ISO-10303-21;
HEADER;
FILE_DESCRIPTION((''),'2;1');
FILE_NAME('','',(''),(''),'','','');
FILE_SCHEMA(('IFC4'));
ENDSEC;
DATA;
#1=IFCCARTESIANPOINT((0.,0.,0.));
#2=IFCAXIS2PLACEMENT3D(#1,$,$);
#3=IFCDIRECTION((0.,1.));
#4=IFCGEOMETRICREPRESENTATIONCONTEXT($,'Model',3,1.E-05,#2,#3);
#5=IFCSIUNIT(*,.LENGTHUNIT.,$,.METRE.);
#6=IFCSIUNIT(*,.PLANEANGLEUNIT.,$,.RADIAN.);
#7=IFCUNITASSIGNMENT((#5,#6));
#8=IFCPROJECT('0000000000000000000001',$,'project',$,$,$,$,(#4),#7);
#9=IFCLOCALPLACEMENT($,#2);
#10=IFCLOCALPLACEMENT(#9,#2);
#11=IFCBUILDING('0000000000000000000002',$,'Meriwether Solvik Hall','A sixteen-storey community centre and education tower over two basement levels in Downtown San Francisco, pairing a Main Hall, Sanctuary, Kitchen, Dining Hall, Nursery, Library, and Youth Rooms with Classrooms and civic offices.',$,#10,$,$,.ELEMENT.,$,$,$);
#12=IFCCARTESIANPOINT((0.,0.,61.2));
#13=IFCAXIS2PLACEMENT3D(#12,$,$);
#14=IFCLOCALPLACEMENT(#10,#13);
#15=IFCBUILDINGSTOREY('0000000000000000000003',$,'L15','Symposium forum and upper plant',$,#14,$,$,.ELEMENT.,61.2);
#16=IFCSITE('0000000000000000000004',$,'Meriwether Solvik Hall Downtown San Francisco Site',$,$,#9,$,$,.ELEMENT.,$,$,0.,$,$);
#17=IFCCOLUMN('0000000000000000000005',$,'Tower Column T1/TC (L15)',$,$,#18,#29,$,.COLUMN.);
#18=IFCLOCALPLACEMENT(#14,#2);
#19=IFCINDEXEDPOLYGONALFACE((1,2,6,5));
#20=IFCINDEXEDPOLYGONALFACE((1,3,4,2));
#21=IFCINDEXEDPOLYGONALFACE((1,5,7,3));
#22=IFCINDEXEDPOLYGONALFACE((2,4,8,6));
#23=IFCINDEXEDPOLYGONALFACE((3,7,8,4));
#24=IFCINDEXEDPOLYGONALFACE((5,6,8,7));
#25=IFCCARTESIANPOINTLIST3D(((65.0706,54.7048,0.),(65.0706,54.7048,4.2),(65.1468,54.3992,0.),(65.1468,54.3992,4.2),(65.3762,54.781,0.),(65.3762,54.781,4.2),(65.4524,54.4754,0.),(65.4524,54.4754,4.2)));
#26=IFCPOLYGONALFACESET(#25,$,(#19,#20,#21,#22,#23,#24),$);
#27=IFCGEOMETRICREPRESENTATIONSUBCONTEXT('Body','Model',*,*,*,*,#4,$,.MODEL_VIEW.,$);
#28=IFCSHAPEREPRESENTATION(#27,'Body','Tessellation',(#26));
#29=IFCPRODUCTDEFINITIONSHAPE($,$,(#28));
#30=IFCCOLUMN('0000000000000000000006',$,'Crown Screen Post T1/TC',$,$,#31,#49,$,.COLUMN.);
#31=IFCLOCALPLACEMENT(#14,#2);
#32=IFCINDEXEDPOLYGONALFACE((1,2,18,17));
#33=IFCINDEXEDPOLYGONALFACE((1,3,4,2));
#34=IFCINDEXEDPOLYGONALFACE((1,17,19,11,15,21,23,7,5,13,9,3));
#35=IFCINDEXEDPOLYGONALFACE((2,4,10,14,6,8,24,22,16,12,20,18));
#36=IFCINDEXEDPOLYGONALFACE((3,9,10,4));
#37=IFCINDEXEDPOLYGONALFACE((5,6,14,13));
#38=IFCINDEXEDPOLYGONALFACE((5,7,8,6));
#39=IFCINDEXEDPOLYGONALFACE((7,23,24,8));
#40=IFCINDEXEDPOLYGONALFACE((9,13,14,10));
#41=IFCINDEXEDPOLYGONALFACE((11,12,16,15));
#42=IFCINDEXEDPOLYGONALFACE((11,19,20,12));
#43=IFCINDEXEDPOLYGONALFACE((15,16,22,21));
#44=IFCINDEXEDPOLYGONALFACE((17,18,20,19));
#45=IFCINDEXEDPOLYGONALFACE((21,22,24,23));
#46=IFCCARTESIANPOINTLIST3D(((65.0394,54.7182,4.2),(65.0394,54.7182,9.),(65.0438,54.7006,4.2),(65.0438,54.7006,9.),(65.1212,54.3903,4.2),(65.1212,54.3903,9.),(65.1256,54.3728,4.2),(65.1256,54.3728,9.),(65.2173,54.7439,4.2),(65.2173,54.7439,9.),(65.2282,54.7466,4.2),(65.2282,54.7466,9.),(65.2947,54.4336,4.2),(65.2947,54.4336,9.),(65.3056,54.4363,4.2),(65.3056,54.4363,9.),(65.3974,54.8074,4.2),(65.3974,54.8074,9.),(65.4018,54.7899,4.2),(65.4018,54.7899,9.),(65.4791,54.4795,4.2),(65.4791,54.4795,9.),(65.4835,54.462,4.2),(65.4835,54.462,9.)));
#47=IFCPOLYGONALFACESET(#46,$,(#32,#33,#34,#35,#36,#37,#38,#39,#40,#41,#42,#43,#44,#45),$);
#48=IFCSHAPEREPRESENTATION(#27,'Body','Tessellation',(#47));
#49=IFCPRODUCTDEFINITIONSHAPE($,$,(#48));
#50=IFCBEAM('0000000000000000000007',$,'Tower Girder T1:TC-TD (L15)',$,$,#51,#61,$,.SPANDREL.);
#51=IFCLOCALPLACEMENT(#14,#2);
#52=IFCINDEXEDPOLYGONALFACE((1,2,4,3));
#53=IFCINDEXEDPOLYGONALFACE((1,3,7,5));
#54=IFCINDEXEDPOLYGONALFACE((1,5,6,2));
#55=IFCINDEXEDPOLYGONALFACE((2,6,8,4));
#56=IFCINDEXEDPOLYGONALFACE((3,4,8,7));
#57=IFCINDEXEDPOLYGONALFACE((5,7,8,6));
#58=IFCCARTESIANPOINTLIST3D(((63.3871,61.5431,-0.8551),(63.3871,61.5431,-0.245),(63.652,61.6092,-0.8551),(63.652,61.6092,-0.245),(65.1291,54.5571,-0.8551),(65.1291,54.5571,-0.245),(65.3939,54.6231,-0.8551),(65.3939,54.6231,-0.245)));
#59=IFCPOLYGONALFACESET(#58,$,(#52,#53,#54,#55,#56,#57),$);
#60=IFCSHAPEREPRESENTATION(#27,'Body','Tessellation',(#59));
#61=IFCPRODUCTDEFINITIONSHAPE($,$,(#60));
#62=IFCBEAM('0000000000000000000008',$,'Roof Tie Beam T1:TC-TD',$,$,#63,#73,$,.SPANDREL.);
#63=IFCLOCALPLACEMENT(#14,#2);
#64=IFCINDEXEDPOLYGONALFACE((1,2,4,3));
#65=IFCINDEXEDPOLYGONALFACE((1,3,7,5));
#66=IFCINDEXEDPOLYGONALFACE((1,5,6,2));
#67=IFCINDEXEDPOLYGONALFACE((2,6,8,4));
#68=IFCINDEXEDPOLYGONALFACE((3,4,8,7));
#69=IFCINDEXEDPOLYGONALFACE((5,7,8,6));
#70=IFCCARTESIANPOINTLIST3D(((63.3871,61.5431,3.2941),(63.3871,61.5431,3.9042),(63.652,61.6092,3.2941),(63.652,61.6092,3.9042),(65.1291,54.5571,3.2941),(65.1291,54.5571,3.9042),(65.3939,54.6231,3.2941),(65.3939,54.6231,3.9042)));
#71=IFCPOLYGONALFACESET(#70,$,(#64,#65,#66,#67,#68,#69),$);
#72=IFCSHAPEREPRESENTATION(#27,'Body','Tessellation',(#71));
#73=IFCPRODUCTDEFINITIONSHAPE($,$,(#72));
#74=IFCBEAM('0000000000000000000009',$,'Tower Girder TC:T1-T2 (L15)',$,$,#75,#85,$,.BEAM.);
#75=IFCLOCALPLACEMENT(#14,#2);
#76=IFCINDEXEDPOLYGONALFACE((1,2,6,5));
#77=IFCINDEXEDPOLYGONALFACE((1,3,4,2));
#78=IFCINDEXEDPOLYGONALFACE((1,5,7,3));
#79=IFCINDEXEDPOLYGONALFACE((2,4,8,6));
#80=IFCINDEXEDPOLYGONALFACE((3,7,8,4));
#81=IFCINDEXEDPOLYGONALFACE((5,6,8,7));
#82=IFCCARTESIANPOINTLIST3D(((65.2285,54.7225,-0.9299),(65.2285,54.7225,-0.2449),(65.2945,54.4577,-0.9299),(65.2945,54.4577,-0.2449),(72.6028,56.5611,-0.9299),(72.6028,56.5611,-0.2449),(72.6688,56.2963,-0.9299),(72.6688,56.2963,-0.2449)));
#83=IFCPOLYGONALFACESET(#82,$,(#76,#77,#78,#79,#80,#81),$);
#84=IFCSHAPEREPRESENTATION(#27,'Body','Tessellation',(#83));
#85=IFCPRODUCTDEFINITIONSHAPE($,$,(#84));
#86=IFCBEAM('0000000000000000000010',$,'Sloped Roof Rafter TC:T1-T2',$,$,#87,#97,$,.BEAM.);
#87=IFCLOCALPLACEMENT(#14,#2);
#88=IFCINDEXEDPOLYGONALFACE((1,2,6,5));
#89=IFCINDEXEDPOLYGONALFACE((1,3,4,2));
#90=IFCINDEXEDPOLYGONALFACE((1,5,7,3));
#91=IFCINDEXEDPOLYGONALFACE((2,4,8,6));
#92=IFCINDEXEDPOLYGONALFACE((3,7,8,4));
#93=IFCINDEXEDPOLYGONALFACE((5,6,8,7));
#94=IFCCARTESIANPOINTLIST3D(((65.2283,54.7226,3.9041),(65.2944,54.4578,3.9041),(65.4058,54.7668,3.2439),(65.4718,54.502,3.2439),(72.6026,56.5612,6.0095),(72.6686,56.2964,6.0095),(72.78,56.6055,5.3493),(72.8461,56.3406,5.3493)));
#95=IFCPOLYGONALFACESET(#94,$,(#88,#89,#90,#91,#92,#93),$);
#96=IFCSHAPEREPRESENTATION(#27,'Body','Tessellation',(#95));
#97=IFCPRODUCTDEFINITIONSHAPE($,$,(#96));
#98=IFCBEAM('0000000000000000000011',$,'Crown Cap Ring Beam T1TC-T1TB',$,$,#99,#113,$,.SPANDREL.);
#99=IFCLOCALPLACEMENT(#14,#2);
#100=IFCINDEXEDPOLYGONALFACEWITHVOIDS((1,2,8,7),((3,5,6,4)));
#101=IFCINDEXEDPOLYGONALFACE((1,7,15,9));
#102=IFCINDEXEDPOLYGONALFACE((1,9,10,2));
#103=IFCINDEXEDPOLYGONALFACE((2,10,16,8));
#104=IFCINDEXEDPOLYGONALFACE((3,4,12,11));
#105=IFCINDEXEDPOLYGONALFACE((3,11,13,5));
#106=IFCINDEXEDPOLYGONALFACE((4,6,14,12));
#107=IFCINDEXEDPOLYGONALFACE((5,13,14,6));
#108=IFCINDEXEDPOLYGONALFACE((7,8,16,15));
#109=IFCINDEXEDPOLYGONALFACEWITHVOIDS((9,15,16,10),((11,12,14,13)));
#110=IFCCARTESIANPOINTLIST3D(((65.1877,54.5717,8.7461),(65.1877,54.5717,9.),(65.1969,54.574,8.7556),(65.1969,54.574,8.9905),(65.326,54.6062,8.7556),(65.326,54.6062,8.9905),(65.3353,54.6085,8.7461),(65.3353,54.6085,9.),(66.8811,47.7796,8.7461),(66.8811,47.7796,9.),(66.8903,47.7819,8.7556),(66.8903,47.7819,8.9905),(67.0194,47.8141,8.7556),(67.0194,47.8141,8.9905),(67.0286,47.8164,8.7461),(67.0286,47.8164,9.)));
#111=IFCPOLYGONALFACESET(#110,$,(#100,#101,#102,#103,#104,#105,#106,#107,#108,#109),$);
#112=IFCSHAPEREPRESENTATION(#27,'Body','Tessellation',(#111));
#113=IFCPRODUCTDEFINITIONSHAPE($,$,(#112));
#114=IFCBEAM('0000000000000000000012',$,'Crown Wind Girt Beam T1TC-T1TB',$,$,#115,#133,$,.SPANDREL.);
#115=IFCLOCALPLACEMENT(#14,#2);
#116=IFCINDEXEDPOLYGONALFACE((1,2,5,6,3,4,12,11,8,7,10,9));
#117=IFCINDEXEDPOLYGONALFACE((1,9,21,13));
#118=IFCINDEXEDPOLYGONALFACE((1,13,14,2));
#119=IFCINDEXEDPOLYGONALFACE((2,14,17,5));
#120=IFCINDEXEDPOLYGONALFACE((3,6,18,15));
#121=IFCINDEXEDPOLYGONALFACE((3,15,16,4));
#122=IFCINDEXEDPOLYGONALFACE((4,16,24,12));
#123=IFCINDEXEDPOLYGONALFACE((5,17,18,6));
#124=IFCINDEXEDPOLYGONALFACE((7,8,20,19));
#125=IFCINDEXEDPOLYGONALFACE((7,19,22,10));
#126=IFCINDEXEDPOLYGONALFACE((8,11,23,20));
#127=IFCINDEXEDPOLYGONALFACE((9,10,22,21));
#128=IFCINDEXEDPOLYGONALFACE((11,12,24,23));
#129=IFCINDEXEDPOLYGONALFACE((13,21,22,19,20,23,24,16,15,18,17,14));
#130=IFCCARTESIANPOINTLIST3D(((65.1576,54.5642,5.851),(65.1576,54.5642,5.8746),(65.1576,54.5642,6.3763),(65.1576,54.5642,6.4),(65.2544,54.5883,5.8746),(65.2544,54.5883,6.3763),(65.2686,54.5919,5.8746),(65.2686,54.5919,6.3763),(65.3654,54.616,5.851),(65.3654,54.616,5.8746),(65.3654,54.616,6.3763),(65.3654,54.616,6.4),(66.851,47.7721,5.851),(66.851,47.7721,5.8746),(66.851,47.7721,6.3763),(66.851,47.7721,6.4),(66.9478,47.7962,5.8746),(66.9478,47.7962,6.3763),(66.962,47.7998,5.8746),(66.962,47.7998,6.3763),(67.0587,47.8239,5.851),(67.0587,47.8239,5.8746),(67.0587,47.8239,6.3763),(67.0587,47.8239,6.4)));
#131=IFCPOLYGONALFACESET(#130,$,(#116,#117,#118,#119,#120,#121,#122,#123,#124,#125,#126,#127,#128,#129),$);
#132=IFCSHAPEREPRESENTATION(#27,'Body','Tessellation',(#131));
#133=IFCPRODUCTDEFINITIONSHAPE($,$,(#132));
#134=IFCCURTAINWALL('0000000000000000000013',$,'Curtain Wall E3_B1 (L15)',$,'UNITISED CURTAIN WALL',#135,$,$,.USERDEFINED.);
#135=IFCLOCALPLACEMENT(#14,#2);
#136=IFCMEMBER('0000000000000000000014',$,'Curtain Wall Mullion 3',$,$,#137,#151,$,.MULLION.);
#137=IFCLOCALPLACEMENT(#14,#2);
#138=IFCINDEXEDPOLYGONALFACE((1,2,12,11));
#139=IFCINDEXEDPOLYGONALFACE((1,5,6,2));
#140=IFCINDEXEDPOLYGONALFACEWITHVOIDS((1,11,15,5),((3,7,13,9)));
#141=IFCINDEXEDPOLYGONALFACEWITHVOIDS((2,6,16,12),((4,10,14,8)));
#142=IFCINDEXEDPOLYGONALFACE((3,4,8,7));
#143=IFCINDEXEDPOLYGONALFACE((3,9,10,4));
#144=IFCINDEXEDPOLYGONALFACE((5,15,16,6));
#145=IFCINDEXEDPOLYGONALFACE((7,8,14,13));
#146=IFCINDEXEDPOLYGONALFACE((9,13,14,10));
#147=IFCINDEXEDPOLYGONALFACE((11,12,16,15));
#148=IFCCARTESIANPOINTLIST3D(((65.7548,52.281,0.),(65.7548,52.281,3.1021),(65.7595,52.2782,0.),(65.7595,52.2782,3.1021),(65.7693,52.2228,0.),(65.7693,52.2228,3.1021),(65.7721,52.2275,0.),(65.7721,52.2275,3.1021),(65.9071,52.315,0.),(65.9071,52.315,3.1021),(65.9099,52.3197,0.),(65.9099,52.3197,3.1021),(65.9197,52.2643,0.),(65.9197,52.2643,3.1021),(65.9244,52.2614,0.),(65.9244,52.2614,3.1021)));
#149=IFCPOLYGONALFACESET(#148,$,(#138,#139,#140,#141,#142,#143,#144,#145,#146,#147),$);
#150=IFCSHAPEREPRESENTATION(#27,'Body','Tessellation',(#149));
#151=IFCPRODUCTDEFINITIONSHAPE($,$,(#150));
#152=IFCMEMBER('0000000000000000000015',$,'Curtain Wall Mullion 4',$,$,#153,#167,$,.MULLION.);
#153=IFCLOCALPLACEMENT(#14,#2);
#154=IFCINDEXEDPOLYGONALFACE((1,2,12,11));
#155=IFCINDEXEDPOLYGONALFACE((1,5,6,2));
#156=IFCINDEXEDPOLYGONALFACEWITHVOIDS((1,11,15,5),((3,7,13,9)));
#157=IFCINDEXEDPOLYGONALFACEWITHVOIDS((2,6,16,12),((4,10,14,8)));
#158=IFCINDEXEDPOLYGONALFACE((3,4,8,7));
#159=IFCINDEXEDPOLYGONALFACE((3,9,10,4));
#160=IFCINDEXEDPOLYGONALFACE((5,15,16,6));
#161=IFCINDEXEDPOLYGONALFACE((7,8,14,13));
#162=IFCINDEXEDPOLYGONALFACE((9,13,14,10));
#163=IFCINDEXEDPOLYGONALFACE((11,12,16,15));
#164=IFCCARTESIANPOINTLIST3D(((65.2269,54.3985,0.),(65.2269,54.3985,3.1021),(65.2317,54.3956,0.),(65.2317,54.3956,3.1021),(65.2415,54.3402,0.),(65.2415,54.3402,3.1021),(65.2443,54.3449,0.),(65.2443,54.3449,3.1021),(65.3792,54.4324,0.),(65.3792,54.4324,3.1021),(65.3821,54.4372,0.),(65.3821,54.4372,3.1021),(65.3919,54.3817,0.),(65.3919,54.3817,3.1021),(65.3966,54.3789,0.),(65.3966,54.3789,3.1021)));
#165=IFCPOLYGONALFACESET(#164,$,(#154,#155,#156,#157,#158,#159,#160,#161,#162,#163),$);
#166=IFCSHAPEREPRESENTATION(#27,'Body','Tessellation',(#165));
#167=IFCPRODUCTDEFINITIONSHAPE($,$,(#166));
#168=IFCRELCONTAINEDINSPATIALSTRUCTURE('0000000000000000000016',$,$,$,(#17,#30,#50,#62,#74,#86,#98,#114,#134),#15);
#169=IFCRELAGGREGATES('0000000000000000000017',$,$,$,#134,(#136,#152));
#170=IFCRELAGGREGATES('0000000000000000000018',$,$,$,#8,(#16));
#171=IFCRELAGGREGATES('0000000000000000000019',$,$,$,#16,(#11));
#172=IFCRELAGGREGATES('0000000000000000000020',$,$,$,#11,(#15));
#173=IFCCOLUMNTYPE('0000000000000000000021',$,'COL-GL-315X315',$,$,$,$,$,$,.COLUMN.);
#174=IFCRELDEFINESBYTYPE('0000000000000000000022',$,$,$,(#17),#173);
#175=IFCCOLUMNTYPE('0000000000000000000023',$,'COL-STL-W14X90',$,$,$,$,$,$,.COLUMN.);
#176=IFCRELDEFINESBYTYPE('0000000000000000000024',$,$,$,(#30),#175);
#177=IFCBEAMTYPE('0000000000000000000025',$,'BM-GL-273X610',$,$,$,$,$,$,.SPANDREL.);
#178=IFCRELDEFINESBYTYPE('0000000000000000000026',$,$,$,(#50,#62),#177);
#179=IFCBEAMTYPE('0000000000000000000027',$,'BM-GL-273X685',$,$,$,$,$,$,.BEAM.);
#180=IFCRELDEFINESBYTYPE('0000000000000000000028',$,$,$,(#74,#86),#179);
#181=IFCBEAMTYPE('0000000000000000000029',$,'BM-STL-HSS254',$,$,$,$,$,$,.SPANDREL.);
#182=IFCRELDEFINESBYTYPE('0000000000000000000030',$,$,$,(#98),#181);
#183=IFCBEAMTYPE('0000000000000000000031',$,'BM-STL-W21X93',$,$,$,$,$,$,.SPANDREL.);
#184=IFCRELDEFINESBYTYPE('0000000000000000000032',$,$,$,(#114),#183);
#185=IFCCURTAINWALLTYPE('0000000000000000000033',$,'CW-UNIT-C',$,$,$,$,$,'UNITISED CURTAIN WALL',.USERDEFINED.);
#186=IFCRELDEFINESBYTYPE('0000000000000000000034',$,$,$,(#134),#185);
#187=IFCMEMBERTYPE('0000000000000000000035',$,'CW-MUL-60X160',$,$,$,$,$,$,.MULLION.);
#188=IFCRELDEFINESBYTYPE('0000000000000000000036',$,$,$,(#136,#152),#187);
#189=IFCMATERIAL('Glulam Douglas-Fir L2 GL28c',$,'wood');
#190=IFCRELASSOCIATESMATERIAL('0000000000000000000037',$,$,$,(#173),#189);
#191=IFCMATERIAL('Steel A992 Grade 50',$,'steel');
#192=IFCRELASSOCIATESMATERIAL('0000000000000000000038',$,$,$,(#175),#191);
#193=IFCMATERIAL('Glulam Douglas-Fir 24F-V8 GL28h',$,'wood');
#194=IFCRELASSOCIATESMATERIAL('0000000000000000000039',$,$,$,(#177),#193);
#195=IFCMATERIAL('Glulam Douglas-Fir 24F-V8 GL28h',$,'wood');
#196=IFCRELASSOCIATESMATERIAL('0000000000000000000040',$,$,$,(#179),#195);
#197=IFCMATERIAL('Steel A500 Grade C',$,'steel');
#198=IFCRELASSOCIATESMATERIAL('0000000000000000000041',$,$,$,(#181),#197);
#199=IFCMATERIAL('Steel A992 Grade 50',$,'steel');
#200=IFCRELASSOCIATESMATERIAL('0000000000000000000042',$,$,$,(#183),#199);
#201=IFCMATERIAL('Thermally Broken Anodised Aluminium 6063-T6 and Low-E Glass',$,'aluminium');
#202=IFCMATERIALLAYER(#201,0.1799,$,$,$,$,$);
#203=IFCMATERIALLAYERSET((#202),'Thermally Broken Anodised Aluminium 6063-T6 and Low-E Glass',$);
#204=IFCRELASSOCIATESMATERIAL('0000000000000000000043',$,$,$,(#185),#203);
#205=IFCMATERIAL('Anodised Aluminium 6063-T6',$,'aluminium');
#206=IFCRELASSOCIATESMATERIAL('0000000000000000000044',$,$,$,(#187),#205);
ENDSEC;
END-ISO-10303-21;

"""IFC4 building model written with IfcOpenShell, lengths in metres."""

from ifc_helpers import new_model, si_unit, direction, frame, origin, origin_2d, place, context, subcontext, project, spatial, rectangle, hollow_rectangle, i_section, extrude, material, layer, layer_set, material_profile, profile_set, type_object, element, aggregate, save


model = new_model("IFC4")

# Units and contexts
model_context = context("Model", 3, precision=1e-05, world=origin(), true_north=direction((0.0, 1.0)))
body_context = subcontext(model_context, "Body", "Model", "MODEL_VIEW")
ifc_project = project(units=[si_unit("LENGTHUNIT", "METRE"), si_unit("PLANEANGLEUNIT", "RADIAN")], contexts=[model_context])

# Site, building, storey
site_placement = place(None, origin())
site = spatial("IfcSite", under=ifc_project, at=site_placement, Name="Meriwether Solvik Hall Downtown San Francisco Site", CompositionType="ELEMENT", RefElevation=0.0)
building_placement = place(site_placement, origin())
building = spatial("IfcBuilding", under=site, at=building_placement, Name="Meriwether Solvik Hall", Description="A sixteen-storey community centre and education tower over two basement levels in Downtown San Francisco, pairing a Main Hall, Sanctuary, Kitchen, Dining Hall, Nursery, Library, and Youth Rooms with Classrooms and civic offices.", CompositionType="ELEMENT")
storey_placement = place(building_placement, frame((0.0, 0.0, 61.2)))
storey = spatial("IfcBuildingStorey", under=building, at=storey_placement, Name="L15", Description="Symposium forum and upper plant", CompositionType="ELEMENT", Elevation=61.2)

# Columns
ifc_material_1 = material(Name="Glulam Douglas-Fir L2 GL28c", Category="wood")
ifc_material_profile_1 = material_profile(ifc_material_1, rectangle(XDim=0.3149, YDim=0.3149, at=origin_2d()), Name="GLC-315X315")
ifc_profile_set_1 = profile_set([ifc_material_profile_1], Name="Glulam Douglas-Fir L2 GL28c")
column_type_1 = type_object("IfcColumnType", Name="COL-GL-315X315", PredefinedType="COLUMN", material=ifc_profile_set_1)
column_1_placement = place(storey_placement, frame((65.2615, 54.5901, 0.0), z_axis=(0.0, 0.0, 1.0), x_axis=(0.970296, 0.241922, 0.0)))
element("IfcColumn", 1, at=column_1_placement, inside=storey, type_object=column_type_1, Name="Tower Column T1/TC (L15)", PredefinedType="COLUMN", context=body_context, shape_type="SweptSolid", body=[
    extrude(rectangle(XDim=0.3149, YDim=0.3149, at=origin_2d()), origin(), (0.0, 0.0, 1.0), 4.2),
])
ifc_material_2 = material(Name="Steel A992 Grade 50", Category="steel")
ifc_material_profile_2 = material_profile(ifc_material_2, i_section(OverallWidth=0.3689, OverallDepth=0.356, WebThickness=0.0112, FlangeThickness=0.0181, at=origin_2d()), Name="W14X90")
ifc_profile_set_2 = profile_set([ifc_material_profile_2], Name="Steel A992 Grade 50")
column_type_2 = type_object("IfcColumnType", Name="COL-STL-W14X90", PredefinedType="COLUMN", material=ifc_profile_set_2)
column_2_placement = place(storey_placement, frame((65.2615, 54.5901, 4.2), z_axis=(0.0, 0.0, 1.0), x_axis=(0.970296, 0.241922, 0.0)))
element("IfcColumn", 2, at=column_2_placement, inside=storey, type_object=column_type_2, Name="Crown Screen Post T1/TC", PredefinedType="COLUMN", context=body_context, shape_type="SweptSolid", body=[
    extrude(i_section(OverallWidth=0.3689, OverallDepth=0.356, WebThickness=0.0112, FlangeThickness=0.0181, at=origin_2d()), origin(), (0.0, 0.0, 1.0), 4.8),
])

# Beams
ifc_material_3 = material(Name="Glulam Douglas-Fir 24F-V8 GL28h", Category="wood")
ifc_material_profile_3 = material_profile(ifc_material_3, rectangle(XDim=0.2729, YDim=0.6101, at=origin_2d()), Name="GLB-273X610")
ifc_profile_set_3 = profile_set([ifc_material_profile_3], Name="Glulam Douglas-Fir 24F-V8 GL28h")
beam_type_1 = type_object("IfcBeamType", Name="BM-GL-273X610", PredefinedType="SPANDREL", material=ifc_profile_set_3)
for number, where, z_axis, x_axis, name in (
    (3, (65.2615, 54.5901, -0.55), (-0.241937, 0.970292, 0.0), (-0.970292, -0.241937, 0.0), "Tower Girder T1:TC-TD (L15)"),
    (4, (65.2615, 54.5901, 3.5991), (-0.241937, 0.970292, 0.0), (-0.970292, -0.241937, 0.0), "Roof Tie Beam T1:TC-TD"),
):
    element("IfcBeam", number, at=place(storey_placement, frame(where, z_axis=z_axis, x_axis=x_axis)), inside=storey, type_object=beam_type_1, Name=name, PredefinedType="SPANDREL", context=body_context, shape_type="SweptSolid", body=[
        extrude(rectangle(XDim=0.2729, YDim=0.6101, at=origin_2d()), origin(), (0.0, 0.0, 1.0), 7.2),
    ])
ifc_material_4 = material(Name="Glulam Douglas-Fir 24F-V8 GL28h", Category="wood")
ifc_material_profile_4 = material_profile(ifc_material_4, rectangle(XDim=0.2729, YDim=0.6851, at=origin_2d()), Name="GLB-273X685")
ifc_profile_set_4 = profile_set([ifc_material_profile_4], Name="Glulam Douglas-Fir 24F-V8 GL28h")
beam_type_2 = type_object("IfcBeamType", Name="BM-GL-273X685", PredefinedType="BEAM", material=ifc_profile_set_4)
beam_1_placement = place(storey_placement, frame((65.2615, 54.5901, -0.5874), z_axis=(0.970295, 0.241923, 0.0), x_axis=(-0.241923, 0.970295, 0.0)))
element("IfcBeam", 5, at=beam_1_placement, inside=storey, type_object=beam_type_2, Name="Tower Girder TC:T1-T2 (L15)", PredefinedType="BEAM", context=body_context, shape_type="SweptSolid", body=[
    extrude(rectangle(XDim=0.2729, YDim=0.6851, at=origin_2d()), origin(), (0.0, 0.0, 1.0), 7.6001),
])
beam_2_placement = place(storey_placement, frame((65.3501, 54.6123, 3.574), z_axis=(0.935076, 0.233142, 0.266979), x_axis=(-0.241923, 0.970295, 0.0)))
element("IfcBeam", 6, at=beam_2_placement, inside=storey, type_object=beam_type_2, Name="Sloped Roof Rafter TC:T1-T2", PredefinedType="BEAM", context=body_context, shape_type="SweptSolid", body=[
    extrude(rectangle(XDim=0.2729, YDim=0.6851, at=origin_2d()), origin(), (0.0, 0.0, 1.0), 7.8862),
])
ifc_material_5 = material(Name="Steel A500 Grade C", Category="steel")
ifc_material_profile_5 = material_profile(ifc_material_5, hollow_rectangle(XDim=0.1521, YDim=0.2539, WallThickness=0.0095, at=origin_2d()), Name="HSS254X152X9.5")
ifc_profile_set_5 = profile_set([ifc_material_profile_5], Name="Steel A500 Grade C")
beam_type_3 = type_object("IfcBeamType", Name="BM-STL-HSS254", PredefinedType="SPANDREL", material=ifc_profile_set_5)
beam_3_placement = place(storey_placement, frame((65.2615, 54.5901, 8.873), z_axis=(0.241912, -0.970298, 0.0), x_axis=(0.970298, 0.241912, 0.0)))
element("IfcBeam", 7, at=beam_3_placement, inside=storey, type_object=beam_type_3, Name="Crown Cap Ring Beam T1TC-T1TB", PredefinedType="SPANDREL", context=body_context, shape_type="SweptSolid", body=[
    extrude(hollow_rectangle(XDim=0.1521, YDim=0.2539, WallThickness=0.0095, at=origin_2d()), origin(), (0.0, 0.0, 1.0), 7.0),
])
ifc_material_6 = material(Name="Steel A992 Grade 50", Category="steel")
ifc_material_profile_6 = material_profile(ifc_material_6, i_section(OverallWidth=0.2141, OverallDepth=0.5491, WebThickness=0.0146, FlangeThickness=0.0237, at=origin_2d()), Name="W21X93")
ifc_profile_set_6 = profile_set([ifc_material_profile_6], Name="Steel A992 Grade 50")
beam_type_4 = type_object("IfcBeamType", Name="BM-STL-W21X93", PredefinedType="SPANDREL", material=ifc_profile_set_6)
beam_4_placement = place(storey_placement, frame((65.2615, 54.5901, 6.1255), z_axis=(0.241912, -0.970298, 0.0), x_axis=(0.970298, 0.241912, 0.0)))
element("IfcBeam", 8, at=beam_4_placement, inside=storey, type_object=beam_type_4, Name="Crown Wind Girt Beam T1TC-T1TB", PredefinedType="SPANDREL", context=body_context, shape_type="SweptSolid", body=[
    extrude(i_section(OverallWidth=0.2141, OverallDepth=0.5491, WebThickness=0.0146, FlangeThickness=0.0237, at=origin_2d()), origin(), (0.0, 0.0, 1.0), 7.0),
])

# Curtain wall, members
ifc_material_7 = material(Name="Thermally Broken Anodised Aluminium 6063-T6 and Low-E Glass", Category="aluminium")
ifc_layer_1 = layer(ifc_material_7, 0.1799)
ifc_layer_set_1 = layer_set([ifc_layer_1], Name="Thermally Broken Anodised Aluminium 6063-T6 and Low-E Glass")
curtain_wall_type_1 = type_object("IfcCurtainWallType", Name="CW-UNIT-C", ElementType="UNITISED CURTAIN WALL", PredefinedType="USERDEFINED", material=ifc_layer_set_1)
curtain_wall_1_placement = place(storey_placement, origin())
curtain_wall_1 = element("IfcCurtainWall", 9, at=curtain_wall_1_placement, inside=storey, type_object=curtain_wall_type_1, Name="Curtain Wall E3_B1 (L15)", ObjectType="UNITISED CURTAIN WALL", PredefinedType="USERDEFINED")
ifc_material_8 = material(Name="Anodised Aluminium 6063-T6", Category="aluminium")
ifc_material_profile_7 = material_profile(ifc_material_8, hollow_rectangle(XDim=0.0601, YDim=0.1599, WallThickness=0.0039, at=origin_2d()), Name="CWM-60X160")
ifc_profile_set_7 = profile_set([ifc_material_profile_7], Name="Anodised Aluminium 6063-T6")
member_type_1 = type_object("IfcMemberType", Name="CW-MUL-60X160", PredefinedType="MULLION", material=ifc_profile_set_7)
member_1_placement = place(storey_placement, frame((65.8396, 52.2712, 0.0), z_axis=(0.0, 0.0, 1.0), x_axis=(-0.241922, 0.970296, 0.0)))
member_1 = element("IfcMember", 10, at=member_1_placement, type_object=member_type_1, Name="Curtain Wall Mullion 3", PredefinedType="MULLION", context=body_context, shape_type="SweptSolid", body=[
    extrude(hollow_rectangle(XDim=0.0601, YDim=0.1599, WallThickness=0.0039, at=origin_2d()), origin(), (0.0, 0.0, 1.0), 3.1021),
])
member_2_placement = place(storey_placement, frame((65.3118, 54.3887, 0.0), z_axis=(0.0, 0.0, 1.0), x_axis=(-0.241922, 0.970296, 0.0)))
member_2 = element("IfcMember", 11, at=member_2_placement, type_object=member_type_1, Name="Curtain Wall Mullion 4", PredefinedType="MULLION", context=body_context, shape_type="SweptSolid", body=[
    extrude(hollow_rectangle(XDim=0.0601, YDim=0.1599, WallThickness=0.0039, at=origin_2d()), origin(), (0.0, 0.0, 1.0), 3.1021),
])

aggregate(curtain_wall_1, [member_1, member_2])

save(model, "model.ifc")
